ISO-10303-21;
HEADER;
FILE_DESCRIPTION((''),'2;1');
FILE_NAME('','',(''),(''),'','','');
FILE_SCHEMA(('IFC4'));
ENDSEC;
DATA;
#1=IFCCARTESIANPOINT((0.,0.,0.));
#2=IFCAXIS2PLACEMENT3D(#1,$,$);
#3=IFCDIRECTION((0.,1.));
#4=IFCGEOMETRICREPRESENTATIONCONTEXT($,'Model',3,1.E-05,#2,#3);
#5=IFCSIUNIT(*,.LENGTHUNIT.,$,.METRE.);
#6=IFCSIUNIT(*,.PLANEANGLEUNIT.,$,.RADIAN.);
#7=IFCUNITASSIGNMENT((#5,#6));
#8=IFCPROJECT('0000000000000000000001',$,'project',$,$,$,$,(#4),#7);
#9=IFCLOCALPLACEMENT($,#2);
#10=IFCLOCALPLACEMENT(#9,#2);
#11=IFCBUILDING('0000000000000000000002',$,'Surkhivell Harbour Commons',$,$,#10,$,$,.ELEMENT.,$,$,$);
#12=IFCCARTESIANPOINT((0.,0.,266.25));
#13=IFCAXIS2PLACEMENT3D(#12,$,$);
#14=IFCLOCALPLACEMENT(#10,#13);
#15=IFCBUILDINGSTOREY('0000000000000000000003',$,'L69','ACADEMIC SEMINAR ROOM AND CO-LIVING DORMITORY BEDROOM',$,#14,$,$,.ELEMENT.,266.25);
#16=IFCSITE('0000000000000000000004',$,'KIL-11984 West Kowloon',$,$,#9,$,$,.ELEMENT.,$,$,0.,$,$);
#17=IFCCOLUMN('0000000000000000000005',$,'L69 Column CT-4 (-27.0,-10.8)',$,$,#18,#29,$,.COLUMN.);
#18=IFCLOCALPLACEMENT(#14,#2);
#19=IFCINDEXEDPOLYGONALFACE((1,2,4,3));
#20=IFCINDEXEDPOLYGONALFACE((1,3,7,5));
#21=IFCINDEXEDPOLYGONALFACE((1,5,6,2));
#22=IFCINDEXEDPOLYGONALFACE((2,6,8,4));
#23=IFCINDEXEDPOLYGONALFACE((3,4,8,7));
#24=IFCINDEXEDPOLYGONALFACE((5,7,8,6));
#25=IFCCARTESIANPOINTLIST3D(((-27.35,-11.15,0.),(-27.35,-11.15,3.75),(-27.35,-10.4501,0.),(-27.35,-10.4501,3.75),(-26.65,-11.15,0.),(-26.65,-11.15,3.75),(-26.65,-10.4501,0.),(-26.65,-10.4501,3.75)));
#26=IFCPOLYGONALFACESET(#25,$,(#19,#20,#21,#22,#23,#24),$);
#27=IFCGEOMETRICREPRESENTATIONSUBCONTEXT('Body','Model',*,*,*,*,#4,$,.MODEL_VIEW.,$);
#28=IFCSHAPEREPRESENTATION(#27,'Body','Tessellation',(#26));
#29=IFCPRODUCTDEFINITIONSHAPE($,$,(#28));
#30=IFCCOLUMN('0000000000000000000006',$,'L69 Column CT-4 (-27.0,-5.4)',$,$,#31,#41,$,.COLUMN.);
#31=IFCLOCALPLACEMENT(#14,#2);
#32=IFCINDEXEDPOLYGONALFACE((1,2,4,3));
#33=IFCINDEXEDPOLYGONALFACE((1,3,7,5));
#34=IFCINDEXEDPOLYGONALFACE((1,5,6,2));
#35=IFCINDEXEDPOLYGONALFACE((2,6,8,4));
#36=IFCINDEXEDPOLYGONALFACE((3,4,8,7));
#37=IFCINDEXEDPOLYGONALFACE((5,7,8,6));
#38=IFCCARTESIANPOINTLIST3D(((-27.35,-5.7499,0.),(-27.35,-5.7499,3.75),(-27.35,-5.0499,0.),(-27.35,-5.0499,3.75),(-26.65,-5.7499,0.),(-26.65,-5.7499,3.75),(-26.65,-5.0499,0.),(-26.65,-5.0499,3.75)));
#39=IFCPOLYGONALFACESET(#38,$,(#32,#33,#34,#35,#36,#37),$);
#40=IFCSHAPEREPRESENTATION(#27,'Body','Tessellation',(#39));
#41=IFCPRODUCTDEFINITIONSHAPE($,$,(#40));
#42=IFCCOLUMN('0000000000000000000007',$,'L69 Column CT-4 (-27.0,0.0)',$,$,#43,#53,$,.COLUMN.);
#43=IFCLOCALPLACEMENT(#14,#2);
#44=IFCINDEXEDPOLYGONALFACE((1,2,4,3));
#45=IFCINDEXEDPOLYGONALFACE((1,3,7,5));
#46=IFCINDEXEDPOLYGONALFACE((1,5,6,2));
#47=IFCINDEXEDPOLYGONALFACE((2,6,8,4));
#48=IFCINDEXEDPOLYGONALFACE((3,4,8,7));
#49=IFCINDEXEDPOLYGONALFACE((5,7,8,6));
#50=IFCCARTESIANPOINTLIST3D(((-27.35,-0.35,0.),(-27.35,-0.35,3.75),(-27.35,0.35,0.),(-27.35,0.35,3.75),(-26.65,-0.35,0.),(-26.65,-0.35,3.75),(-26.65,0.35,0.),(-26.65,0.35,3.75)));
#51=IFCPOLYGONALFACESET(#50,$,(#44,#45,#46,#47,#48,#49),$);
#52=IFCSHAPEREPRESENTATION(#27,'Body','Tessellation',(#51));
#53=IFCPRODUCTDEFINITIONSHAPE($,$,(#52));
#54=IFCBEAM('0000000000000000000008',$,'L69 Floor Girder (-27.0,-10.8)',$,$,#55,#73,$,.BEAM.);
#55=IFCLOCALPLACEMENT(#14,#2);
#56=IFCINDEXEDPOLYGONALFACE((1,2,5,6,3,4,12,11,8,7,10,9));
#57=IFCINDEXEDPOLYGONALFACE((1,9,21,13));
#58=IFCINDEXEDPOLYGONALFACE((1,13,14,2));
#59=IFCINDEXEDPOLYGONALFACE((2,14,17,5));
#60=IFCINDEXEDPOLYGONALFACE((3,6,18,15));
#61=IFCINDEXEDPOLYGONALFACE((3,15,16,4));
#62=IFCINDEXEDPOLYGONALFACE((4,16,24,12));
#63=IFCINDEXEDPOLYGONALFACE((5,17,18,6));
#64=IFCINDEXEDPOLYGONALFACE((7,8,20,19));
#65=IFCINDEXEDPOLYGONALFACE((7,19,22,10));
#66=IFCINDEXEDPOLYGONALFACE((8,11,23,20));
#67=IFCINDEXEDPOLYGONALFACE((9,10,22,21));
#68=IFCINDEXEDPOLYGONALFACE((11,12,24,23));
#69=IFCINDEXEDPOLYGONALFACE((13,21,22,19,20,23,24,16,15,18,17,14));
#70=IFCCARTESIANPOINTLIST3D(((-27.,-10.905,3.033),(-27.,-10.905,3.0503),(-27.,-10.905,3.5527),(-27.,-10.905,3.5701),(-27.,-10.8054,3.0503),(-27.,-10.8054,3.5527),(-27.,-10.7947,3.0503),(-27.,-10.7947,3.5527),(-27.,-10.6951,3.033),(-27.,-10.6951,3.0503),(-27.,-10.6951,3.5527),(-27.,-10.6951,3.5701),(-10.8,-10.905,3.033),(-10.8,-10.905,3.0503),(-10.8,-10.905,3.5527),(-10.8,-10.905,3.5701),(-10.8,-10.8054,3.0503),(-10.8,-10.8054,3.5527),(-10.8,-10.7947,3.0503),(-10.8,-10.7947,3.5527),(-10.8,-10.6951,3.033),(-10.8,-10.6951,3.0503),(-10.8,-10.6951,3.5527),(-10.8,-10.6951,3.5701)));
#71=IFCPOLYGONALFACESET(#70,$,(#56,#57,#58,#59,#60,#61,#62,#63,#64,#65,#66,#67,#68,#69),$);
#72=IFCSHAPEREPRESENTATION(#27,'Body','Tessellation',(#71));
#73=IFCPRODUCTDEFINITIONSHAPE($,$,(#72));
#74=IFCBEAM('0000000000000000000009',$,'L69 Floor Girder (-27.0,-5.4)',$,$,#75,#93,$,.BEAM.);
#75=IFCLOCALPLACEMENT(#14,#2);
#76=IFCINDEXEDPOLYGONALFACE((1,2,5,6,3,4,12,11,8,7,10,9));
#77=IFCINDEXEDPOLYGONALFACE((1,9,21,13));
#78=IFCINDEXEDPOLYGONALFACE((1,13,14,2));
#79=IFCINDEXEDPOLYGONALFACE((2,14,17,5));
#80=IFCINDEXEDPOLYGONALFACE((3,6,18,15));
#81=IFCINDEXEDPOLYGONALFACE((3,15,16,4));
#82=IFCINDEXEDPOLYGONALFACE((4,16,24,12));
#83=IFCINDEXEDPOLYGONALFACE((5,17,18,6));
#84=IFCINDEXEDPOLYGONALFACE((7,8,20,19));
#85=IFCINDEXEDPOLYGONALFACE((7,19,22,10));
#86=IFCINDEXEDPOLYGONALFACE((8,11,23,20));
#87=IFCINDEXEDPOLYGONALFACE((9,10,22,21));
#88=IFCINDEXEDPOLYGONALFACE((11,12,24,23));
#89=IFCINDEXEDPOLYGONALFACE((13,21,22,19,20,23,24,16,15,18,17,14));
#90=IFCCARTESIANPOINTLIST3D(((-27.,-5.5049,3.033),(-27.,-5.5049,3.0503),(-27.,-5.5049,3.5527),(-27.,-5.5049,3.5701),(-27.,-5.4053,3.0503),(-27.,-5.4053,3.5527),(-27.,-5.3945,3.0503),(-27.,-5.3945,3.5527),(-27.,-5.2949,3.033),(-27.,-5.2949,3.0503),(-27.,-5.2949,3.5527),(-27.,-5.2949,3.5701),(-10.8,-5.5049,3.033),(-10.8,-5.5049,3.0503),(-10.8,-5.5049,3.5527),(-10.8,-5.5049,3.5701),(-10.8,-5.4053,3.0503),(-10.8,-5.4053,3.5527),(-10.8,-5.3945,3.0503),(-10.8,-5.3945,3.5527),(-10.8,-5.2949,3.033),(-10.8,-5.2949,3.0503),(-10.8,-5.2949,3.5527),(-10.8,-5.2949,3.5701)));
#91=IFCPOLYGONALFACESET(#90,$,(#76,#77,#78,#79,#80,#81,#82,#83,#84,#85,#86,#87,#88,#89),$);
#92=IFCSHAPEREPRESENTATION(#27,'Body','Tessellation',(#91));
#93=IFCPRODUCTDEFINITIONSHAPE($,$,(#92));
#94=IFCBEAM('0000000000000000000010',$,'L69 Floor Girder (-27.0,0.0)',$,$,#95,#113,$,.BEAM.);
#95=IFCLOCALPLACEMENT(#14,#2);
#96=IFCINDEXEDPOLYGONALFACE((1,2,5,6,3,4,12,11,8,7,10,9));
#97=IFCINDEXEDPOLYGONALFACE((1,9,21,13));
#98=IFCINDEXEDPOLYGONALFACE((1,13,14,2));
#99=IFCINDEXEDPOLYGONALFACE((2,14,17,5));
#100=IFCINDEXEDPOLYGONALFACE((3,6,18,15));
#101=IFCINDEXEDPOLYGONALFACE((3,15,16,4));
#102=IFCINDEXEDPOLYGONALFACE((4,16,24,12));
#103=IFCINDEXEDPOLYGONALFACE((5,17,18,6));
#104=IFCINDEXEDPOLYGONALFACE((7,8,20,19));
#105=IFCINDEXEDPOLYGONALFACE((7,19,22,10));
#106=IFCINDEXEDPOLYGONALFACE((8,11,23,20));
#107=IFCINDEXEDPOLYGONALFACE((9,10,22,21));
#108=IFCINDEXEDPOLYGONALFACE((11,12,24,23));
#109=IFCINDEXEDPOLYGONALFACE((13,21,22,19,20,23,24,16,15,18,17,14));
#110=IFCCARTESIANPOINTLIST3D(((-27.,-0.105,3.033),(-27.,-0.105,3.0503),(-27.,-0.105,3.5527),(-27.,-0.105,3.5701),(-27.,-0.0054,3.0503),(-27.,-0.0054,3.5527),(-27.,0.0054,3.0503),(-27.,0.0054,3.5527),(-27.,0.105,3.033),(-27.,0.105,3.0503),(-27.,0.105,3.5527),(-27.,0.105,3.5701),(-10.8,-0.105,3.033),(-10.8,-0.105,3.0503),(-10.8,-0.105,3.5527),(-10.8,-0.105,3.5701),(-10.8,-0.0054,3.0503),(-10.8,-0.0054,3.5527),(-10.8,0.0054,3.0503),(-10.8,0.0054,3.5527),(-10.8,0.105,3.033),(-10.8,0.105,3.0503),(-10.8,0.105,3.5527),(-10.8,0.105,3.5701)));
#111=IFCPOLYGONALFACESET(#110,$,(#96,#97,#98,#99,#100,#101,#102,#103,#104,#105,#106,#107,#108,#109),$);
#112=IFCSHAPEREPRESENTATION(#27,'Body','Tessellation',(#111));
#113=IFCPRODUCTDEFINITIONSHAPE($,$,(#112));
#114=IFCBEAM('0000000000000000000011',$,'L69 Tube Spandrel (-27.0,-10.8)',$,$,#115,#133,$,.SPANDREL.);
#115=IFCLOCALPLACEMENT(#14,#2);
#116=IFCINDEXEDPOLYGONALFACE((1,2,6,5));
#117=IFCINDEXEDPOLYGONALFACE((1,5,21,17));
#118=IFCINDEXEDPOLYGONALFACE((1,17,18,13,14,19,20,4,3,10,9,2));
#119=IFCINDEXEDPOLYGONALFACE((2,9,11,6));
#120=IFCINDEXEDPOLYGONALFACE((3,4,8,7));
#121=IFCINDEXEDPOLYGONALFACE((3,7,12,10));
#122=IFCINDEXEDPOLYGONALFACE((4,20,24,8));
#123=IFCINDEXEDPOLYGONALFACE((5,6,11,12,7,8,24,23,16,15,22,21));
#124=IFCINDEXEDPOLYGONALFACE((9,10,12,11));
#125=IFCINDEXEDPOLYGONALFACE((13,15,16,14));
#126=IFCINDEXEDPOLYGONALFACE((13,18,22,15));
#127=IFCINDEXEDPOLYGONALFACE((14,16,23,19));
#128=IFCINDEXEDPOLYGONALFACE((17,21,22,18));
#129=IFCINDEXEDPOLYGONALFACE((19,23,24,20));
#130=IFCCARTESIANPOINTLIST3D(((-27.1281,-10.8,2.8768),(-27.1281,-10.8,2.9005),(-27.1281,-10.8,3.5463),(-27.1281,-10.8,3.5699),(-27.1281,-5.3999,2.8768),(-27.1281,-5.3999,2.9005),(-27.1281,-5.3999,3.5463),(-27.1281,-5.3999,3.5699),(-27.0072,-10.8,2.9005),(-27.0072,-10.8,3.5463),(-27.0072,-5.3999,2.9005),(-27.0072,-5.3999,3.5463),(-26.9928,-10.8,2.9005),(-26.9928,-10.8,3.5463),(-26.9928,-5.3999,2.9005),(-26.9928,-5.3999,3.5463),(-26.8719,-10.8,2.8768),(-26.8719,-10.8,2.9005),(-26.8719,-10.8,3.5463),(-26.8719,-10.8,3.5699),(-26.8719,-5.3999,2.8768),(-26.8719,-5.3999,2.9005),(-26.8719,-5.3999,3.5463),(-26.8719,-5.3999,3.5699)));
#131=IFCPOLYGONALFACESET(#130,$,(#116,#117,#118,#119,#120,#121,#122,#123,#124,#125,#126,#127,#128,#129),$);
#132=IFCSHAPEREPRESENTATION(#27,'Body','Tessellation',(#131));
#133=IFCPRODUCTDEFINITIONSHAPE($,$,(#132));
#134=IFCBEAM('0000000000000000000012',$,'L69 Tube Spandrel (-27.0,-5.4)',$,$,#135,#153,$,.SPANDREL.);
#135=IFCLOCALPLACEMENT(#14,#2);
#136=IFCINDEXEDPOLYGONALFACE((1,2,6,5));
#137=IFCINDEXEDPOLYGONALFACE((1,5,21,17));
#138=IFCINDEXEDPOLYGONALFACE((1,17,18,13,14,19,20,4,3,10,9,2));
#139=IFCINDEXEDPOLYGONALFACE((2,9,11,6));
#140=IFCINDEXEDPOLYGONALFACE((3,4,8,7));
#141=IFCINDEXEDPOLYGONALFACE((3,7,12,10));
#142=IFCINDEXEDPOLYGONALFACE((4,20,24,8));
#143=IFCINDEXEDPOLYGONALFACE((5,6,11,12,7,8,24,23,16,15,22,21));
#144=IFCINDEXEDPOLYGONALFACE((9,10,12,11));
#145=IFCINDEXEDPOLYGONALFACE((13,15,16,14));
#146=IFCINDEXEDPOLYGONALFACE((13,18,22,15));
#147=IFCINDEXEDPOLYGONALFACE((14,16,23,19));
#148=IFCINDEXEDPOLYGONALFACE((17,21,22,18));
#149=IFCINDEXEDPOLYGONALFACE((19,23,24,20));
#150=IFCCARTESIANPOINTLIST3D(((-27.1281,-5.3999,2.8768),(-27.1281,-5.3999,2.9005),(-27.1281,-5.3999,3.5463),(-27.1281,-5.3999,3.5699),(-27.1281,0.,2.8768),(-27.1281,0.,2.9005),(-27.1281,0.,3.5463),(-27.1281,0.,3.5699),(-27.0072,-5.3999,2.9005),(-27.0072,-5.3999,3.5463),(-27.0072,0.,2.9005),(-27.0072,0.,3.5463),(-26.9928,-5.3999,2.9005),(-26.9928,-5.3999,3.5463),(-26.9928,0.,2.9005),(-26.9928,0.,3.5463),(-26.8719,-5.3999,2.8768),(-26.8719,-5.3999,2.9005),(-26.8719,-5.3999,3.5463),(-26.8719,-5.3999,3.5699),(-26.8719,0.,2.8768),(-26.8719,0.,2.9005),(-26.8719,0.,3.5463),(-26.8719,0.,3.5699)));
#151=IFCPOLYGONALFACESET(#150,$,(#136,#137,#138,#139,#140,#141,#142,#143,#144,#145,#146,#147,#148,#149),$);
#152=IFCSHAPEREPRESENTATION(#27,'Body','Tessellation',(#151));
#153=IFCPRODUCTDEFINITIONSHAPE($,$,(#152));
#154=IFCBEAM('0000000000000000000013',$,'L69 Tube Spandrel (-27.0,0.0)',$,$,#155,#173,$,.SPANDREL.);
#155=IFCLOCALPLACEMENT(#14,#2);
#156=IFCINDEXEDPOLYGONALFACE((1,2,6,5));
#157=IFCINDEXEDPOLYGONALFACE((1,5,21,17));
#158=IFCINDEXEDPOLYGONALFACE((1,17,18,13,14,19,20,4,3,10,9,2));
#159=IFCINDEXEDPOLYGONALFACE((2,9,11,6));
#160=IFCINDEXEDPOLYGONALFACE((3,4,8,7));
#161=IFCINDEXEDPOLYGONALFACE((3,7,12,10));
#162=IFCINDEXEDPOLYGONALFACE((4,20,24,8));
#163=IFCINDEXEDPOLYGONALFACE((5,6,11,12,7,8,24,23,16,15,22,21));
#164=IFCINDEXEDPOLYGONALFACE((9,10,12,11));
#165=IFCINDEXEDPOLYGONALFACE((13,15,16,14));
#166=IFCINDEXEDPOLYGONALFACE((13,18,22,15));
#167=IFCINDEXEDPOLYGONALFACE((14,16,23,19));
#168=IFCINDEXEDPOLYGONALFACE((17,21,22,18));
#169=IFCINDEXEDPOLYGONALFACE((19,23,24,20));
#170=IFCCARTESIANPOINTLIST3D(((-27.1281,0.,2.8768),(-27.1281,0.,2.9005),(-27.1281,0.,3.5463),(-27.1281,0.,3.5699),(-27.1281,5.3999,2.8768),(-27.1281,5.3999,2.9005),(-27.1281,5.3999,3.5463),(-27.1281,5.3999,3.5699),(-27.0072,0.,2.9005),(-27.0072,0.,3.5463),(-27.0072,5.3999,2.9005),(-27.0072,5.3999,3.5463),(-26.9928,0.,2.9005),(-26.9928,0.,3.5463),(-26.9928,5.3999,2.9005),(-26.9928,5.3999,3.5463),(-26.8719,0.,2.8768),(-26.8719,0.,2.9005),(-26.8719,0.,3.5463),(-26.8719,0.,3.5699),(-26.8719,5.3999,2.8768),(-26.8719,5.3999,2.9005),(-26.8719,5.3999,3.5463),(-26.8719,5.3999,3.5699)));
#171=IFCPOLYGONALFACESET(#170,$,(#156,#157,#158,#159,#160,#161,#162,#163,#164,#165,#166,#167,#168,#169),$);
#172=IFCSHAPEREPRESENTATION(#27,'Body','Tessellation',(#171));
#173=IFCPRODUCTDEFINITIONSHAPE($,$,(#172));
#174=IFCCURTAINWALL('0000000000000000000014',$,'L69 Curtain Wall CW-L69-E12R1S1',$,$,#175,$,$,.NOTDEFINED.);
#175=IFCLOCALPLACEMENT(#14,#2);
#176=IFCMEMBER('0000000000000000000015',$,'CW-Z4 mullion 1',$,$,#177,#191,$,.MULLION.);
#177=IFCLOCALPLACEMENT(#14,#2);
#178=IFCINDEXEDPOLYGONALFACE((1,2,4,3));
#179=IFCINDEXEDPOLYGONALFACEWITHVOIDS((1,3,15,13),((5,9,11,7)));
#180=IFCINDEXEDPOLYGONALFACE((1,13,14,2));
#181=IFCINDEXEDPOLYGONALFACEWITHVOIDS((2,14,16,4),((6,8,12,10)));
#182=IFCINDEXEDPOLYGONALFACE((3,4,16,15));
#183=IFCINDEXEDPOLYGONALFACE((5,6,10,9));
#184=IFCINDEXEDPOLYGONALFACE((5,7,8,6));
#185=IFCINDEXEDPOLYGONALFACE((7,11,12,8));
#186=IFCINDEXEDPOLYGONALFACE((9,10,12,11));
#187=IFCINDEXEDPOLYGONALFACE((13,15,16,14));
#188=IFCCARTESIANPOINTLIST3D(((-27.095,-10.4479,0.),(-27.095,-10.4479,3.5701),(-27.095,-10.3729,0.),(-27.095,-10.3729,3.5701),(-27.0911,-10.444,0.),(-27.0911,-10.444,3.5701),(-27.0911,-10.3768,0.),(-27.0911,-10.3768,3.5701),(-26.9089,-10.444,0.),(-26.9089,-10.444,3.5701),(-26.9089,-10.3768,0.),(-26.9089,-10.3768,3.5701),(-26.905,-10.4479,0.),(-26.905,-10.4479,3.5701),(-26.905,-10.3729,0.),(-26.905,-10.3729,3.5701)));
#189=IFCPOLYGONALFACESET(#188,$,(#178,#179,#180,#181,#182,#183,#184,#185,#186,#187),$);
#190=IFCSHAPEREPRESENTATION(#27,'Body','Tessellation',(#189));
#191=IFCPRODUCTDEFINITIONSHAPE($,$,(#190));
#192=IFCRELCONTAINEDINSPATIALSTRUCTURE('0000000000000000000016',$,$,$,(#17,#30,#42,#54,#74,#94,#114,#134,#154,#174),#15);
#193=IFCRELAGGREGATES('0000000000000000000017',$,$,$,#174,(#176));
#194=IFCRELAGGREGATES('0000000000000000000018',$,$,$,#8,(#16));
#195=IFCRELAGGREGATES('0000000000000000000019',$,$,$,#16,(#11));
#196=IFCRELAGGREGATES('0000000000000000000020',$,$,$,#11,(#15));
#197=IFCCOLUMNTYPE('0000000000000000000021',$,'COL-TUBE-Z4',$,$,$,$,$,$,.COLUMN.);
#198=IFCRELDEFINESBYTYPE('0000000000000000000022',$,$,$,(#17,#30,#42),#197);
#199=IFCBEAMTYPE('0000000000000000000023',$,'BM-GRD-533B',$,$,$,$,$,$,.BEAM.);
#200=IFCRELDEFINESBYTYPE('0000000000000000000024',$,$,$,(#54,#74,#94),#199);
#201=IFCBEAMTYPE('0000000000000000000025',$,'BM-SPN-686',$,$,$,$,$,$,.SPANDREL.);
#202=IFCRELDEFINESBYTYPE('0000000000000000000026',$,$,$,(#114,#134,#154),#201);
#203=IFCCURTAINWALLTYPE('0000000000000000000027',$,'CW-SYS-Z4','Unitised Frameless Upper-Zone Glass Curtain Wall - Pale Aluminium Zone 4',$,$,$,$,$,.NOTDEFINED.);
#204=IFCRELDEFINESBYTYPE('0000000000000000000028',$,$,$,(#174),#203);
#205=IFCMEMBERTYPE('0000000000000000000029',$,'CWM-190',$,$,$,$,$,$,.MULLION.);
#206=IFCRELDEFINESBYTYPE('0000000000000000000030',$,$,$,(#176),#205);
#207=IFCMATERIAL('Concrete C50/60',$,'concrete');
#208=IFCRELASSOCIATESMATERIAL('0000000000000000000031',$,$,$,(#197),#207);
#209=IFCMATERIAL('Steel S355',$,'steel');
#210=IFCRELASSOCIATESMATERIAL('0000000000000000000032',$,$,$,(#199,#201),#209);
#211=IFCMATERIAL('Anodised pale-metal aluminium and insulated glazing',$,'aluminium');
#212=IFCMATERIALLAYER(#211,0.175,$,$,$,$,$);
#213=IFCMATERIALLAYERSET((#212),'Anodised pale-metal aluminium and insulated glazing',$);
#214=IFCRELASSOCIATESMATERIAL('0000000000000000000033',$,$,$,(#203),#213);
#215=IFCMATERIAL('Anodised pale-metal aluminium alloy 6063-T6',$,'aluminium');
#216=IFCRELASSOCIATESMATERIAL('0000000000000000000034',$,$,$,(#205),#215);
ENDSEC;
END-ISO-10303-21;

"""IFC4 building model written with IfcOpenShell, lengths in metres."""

from ifc_helpers import new_model, si_unit, direction, frame, origin, origin_2d, place, context, subcontext, project, spatial, rectangle, hollow_rectangle, i_section, extrude, material, layer, layer_set, material_profile, profile_set, type_object, element, aggregate, save


model = new_model("IFC4")

# Units and contexts
model_context = context("Model", 3, precision=1e-05, world=origin(), true_north=direction((0.0, 1.0)))
body_context = subcontext(model_context, "Body", "Model", "MODEL_VIEW")
ifc_project = project(units=[si_unit("LENGTHUNIT", "METRE"), si_unit("PLANEANGLEUNIT", "RADIAN")], contexts=[model_context])

# Site, building, storey
site_placement = place(None, origin())
site = spatial("IfcSite", under=ifc_project, at=site_placement, Name="KIL-11984 West Kowloon", CompositionType="ELEMENT", RefElevation=0.0)
building_placement = place(site_placement, origin())
building = spatial("IfcBuilding", under=site, at=building_placement, Name="Surkhivell Harbour Commons", CompositionType="ELEMENT")
storey_placement = place(building_placement, frame((0.0, 0.0, 266.25)))
storey = spatial("IfcBuildingStorey", under=building, at=storey_placement, Name="L69", Description="ACADEMIC SEMINAR ROOM AND CO-LIVING DORMITORY BEDROOM", CompositionType="ELEMENT", Elevation=266.25)

# Columns
ifc_material_1 = material(Name="Concrete C50/60", Category="concrete")
ifc_material_profile_1 = material_profile(ifc_material_1, rectangle(XDim=0.7, YDim=0.7, at=origin_2d()), Name="RC-COL-700x700")
ifc_profile_set_1 = profile_set([ifc_material_profile_1], Name="Concrete C50/60")
column_type = type_object("IfcColumnType", Name="COL-TUBE-Z4", PredefinedType="COLUMN", material=ifc_profile_set_1)
for number, where, z_axis, x_axis, name in (
    (1, (-27.0, -10.8, 0.0), (0.0, 0.0, 1.0), (1.0, 0.0, 0.0), "L69 Column CT-4 (-27.0,-10.8)"),
    (2, (-27.0, -5.3999, 0.0), (0.0, 0.0, 1.0), (1.0, 0.0, 0.0), "L69 Column CT-4 (-27.0,-5.4)"),
    (3, (-27.0, 0.0, 0.0), (0.0, 0.0, 1.0), (1.0, 0.0, 0.0), "L69 Column CT-4 (-27.0,0.0)"),
):
    element("IfcColumn", number, at=place(storey_placement, frame(where, z_axis=z_axis, x_axis=x_axis)), inside=storey, type_object=column_type, Name=name, PredefinedType="COLUMN", context=body_context, shape_type="SweptSolid", body=[
        extrude(rectangle(XDim=0.7, YDim=0.7, at=origin_2d()), origin(), (0.0, 0.0, 1.0), 3.75),
    ])

# Beams
ifc_material_2 = material(Name="Steel S355", Category="steel")
ifc_material_profile_2 = material_profile(ifc_material_2, i_section(OverallWidth=0.21, OverallDepth=0.5371, WebThickness=0.0107, FlangeThickness=0.0173, at=origin_2d()), Name="UB533x210x101")
ifc_profile_set_2 = profile_set([ifc_material_profile_2], Name="Steel S355")
beam_type_1 = type_object("IfcBeamType", Name="BM-GRD-533B", PredefinedType="BEAM", material=ifc_profile_set_2)
for number, where, z_axis, x_axis, name in (
    (4, (-27.0, -10.8, 3.3015), (1.0, 0.0, 0.0), (0.0, 1.0, 0.0), "L69 Floor Girder (-27.0,-10.8)"),
    (5, (-27.0, -5.3999, 3.3015), (1.0, 0.0, 0.0), (0.0, 1.0, 0.0), "L69 Floor Girder (-27.0,-5.4)"),
    (6, (-27.0, 0.0, 3.3015), (1.0, 0.0, 0.0), (0.0, 1.0, 0.0), "L69 Floor Girder (-27.0,0.0)"),
):
    element("IfcBeam", number, at=place(storey_placement, frame(where, z_axis=z_axis, x_axis=x_axis)), inside=storey, type_object=beam_type_1, Name=name, PredefinedType="BEAM", context=body_context, shape_type="SweptSolid", body=[
        extrude(i_section(OverallWidth=0.21, OverallDepth=0.5371, WebThickness=0.0107, FlangeThickness=0.0173, at=origin_2d()), origin(), (0.0, 0.0, 1.0), 16.2),
    ])
ifc_material_profile_3 = material_profile(ifc_material_2, i_section(OverallWidth=0.2561, OverallDepth=0.6931, WebThickness=0.0144, FlangeThickness=0.0237, at=origin_2d()), Name="UB686x254x170")
ifc_profile_set_3 = profile_set([ifc_material_profile_3], Name="Steel S355")
beam_type_2 = type_object("IfcBeamType", Name="BM-SPN-686", PredefinedType="SPANDREL", material=ifc_profile_set_3)
beam_placement = place(storey_placement, frame((-27.0, -10.8, 3.2234), z_axis=(0.0, 1.0, 0.0), x_axis=(-1.0, 0.0, 0.0)))
element("IfcBeam", 7, at=beam_placement, inside=storey, type_object=beam_type_2, Name="L69 Tube Spandrel (-27.0,-10.8)", PredefinedType="SPANDREL", context=body_context, shape_type="SweptSolid", body=[
    extrude(i_section(OverallWidth=0.2561, OverallDepth=0.6931, WebThickness=0.0144, FlangeThickness=0.0237, at=origin_2d()), origin(), (0.0, 0.0, 1.0), 5.4001),
])
for number, where, z_axis, x_axis, name in (
    (8, (-27.0, -5.3999, 3.2234), (0.0, 1.0, 0.0), (-1.0, 0.0, 0.0), "L69 Tube Spandrel (-27.0,-5.4)"),
    (9, (-27.0, 0.0, 3.2234), (0.0, 1.0, 0.0), (-1.0, 0.0, 0.0), "L69 Tube Spandrel (-27.0,0.0)"),
):
    element("IfcBeam", number, at=place(storey_placement, frame(where, z_axis=z_axis, x_axis=x_axis)), inside=storey, type_object=beam_type_2, Name=name, PredefinedType="SPANDREL", context=body_context, shape_type="SweptSolid", body=[
        extrude(i_section(OverallWidth=0.2561, OverallDepth=0.6931, WebThickness=0.0144, FlangeThickness=0.0237, at=origin_2d()), origin(), (0.0, 0.0, 1.0), 5.3999),
    ])

# Curtain wall, member
ifc_material_3 = material(Name="Anodised pale-metal aluminium and insulated glazing", Category="aluminium")
ifc_layer_1 = layer(ifc_material_3, 0.175)
ifc_layer_set_1 = layer_set([ifc_layer_1], Name="Anodised pale-metal aluminium and insulated glazing")
curtain_wall_type = type_object("IfcCurtainWallType", Name="CW-SYS-Z4", Description="Unitised Frameless Upper-Zone Glass Curtain Wall - Pale Aluminium Zone 4", PredefinedType="NOTDEFINED", material=ifc_layer_set_1)
curtain_wall_placement = place(storey_placement, origin())
curtain_wall = element("IfcCurtainWall", 10, at=curtain_wall_placement, inside=storey, type_object=curtain_wall_type, Name="L69 Curtain Wall CW-L69-E12R1S1", PredefinedType="NOTDEFINED")
ifc_material_4 = material(Name="Anodised pale-metal aluminium alloy 6063-T6", Category="aluminium")
ifc_material_profile_4 = material_profile(ifc_material_4, hollow_rectangle(XDim=0.075, YDim=0.1899, WallThickness=0.0039, at=origin_2d()), Name="ALU-MULL-75x190")
ifc_profile_set_4 = profile_set([ifc_material_profile_4], Name="Anodised pale-metal aluminium alloy 6063-T6")
member_type_1 = type_object("IfcMemberType", Name="CWM-190", PredefinedType="MULLION", material=ifc_profile_set_4)
member_1_placement = place(storey_placement, frame((-27.0, -10.4104, 0.0), z_axis=(0.0, 0.0, 1.0), x_axis=(0.0, 1.0, 0.0)))
member_1 = element("IfcMember", 11, at=member_1_placement, type_object=member_type_1, Name="CW-Z4 mullion 1", PredefinedType="MULLION", context=body_context, shape_type="SweptSolid", body=[
    extrude(hollow_rectangle(XDim=0.075, YDim=0.1899, WallThickness=0.0039, at=origin_2d()), origin(), (0.0, 0.0, 1.0), 3.5701),
])

aggregate(curtain_wall, [member_1])

save(model, "model.ifc")
